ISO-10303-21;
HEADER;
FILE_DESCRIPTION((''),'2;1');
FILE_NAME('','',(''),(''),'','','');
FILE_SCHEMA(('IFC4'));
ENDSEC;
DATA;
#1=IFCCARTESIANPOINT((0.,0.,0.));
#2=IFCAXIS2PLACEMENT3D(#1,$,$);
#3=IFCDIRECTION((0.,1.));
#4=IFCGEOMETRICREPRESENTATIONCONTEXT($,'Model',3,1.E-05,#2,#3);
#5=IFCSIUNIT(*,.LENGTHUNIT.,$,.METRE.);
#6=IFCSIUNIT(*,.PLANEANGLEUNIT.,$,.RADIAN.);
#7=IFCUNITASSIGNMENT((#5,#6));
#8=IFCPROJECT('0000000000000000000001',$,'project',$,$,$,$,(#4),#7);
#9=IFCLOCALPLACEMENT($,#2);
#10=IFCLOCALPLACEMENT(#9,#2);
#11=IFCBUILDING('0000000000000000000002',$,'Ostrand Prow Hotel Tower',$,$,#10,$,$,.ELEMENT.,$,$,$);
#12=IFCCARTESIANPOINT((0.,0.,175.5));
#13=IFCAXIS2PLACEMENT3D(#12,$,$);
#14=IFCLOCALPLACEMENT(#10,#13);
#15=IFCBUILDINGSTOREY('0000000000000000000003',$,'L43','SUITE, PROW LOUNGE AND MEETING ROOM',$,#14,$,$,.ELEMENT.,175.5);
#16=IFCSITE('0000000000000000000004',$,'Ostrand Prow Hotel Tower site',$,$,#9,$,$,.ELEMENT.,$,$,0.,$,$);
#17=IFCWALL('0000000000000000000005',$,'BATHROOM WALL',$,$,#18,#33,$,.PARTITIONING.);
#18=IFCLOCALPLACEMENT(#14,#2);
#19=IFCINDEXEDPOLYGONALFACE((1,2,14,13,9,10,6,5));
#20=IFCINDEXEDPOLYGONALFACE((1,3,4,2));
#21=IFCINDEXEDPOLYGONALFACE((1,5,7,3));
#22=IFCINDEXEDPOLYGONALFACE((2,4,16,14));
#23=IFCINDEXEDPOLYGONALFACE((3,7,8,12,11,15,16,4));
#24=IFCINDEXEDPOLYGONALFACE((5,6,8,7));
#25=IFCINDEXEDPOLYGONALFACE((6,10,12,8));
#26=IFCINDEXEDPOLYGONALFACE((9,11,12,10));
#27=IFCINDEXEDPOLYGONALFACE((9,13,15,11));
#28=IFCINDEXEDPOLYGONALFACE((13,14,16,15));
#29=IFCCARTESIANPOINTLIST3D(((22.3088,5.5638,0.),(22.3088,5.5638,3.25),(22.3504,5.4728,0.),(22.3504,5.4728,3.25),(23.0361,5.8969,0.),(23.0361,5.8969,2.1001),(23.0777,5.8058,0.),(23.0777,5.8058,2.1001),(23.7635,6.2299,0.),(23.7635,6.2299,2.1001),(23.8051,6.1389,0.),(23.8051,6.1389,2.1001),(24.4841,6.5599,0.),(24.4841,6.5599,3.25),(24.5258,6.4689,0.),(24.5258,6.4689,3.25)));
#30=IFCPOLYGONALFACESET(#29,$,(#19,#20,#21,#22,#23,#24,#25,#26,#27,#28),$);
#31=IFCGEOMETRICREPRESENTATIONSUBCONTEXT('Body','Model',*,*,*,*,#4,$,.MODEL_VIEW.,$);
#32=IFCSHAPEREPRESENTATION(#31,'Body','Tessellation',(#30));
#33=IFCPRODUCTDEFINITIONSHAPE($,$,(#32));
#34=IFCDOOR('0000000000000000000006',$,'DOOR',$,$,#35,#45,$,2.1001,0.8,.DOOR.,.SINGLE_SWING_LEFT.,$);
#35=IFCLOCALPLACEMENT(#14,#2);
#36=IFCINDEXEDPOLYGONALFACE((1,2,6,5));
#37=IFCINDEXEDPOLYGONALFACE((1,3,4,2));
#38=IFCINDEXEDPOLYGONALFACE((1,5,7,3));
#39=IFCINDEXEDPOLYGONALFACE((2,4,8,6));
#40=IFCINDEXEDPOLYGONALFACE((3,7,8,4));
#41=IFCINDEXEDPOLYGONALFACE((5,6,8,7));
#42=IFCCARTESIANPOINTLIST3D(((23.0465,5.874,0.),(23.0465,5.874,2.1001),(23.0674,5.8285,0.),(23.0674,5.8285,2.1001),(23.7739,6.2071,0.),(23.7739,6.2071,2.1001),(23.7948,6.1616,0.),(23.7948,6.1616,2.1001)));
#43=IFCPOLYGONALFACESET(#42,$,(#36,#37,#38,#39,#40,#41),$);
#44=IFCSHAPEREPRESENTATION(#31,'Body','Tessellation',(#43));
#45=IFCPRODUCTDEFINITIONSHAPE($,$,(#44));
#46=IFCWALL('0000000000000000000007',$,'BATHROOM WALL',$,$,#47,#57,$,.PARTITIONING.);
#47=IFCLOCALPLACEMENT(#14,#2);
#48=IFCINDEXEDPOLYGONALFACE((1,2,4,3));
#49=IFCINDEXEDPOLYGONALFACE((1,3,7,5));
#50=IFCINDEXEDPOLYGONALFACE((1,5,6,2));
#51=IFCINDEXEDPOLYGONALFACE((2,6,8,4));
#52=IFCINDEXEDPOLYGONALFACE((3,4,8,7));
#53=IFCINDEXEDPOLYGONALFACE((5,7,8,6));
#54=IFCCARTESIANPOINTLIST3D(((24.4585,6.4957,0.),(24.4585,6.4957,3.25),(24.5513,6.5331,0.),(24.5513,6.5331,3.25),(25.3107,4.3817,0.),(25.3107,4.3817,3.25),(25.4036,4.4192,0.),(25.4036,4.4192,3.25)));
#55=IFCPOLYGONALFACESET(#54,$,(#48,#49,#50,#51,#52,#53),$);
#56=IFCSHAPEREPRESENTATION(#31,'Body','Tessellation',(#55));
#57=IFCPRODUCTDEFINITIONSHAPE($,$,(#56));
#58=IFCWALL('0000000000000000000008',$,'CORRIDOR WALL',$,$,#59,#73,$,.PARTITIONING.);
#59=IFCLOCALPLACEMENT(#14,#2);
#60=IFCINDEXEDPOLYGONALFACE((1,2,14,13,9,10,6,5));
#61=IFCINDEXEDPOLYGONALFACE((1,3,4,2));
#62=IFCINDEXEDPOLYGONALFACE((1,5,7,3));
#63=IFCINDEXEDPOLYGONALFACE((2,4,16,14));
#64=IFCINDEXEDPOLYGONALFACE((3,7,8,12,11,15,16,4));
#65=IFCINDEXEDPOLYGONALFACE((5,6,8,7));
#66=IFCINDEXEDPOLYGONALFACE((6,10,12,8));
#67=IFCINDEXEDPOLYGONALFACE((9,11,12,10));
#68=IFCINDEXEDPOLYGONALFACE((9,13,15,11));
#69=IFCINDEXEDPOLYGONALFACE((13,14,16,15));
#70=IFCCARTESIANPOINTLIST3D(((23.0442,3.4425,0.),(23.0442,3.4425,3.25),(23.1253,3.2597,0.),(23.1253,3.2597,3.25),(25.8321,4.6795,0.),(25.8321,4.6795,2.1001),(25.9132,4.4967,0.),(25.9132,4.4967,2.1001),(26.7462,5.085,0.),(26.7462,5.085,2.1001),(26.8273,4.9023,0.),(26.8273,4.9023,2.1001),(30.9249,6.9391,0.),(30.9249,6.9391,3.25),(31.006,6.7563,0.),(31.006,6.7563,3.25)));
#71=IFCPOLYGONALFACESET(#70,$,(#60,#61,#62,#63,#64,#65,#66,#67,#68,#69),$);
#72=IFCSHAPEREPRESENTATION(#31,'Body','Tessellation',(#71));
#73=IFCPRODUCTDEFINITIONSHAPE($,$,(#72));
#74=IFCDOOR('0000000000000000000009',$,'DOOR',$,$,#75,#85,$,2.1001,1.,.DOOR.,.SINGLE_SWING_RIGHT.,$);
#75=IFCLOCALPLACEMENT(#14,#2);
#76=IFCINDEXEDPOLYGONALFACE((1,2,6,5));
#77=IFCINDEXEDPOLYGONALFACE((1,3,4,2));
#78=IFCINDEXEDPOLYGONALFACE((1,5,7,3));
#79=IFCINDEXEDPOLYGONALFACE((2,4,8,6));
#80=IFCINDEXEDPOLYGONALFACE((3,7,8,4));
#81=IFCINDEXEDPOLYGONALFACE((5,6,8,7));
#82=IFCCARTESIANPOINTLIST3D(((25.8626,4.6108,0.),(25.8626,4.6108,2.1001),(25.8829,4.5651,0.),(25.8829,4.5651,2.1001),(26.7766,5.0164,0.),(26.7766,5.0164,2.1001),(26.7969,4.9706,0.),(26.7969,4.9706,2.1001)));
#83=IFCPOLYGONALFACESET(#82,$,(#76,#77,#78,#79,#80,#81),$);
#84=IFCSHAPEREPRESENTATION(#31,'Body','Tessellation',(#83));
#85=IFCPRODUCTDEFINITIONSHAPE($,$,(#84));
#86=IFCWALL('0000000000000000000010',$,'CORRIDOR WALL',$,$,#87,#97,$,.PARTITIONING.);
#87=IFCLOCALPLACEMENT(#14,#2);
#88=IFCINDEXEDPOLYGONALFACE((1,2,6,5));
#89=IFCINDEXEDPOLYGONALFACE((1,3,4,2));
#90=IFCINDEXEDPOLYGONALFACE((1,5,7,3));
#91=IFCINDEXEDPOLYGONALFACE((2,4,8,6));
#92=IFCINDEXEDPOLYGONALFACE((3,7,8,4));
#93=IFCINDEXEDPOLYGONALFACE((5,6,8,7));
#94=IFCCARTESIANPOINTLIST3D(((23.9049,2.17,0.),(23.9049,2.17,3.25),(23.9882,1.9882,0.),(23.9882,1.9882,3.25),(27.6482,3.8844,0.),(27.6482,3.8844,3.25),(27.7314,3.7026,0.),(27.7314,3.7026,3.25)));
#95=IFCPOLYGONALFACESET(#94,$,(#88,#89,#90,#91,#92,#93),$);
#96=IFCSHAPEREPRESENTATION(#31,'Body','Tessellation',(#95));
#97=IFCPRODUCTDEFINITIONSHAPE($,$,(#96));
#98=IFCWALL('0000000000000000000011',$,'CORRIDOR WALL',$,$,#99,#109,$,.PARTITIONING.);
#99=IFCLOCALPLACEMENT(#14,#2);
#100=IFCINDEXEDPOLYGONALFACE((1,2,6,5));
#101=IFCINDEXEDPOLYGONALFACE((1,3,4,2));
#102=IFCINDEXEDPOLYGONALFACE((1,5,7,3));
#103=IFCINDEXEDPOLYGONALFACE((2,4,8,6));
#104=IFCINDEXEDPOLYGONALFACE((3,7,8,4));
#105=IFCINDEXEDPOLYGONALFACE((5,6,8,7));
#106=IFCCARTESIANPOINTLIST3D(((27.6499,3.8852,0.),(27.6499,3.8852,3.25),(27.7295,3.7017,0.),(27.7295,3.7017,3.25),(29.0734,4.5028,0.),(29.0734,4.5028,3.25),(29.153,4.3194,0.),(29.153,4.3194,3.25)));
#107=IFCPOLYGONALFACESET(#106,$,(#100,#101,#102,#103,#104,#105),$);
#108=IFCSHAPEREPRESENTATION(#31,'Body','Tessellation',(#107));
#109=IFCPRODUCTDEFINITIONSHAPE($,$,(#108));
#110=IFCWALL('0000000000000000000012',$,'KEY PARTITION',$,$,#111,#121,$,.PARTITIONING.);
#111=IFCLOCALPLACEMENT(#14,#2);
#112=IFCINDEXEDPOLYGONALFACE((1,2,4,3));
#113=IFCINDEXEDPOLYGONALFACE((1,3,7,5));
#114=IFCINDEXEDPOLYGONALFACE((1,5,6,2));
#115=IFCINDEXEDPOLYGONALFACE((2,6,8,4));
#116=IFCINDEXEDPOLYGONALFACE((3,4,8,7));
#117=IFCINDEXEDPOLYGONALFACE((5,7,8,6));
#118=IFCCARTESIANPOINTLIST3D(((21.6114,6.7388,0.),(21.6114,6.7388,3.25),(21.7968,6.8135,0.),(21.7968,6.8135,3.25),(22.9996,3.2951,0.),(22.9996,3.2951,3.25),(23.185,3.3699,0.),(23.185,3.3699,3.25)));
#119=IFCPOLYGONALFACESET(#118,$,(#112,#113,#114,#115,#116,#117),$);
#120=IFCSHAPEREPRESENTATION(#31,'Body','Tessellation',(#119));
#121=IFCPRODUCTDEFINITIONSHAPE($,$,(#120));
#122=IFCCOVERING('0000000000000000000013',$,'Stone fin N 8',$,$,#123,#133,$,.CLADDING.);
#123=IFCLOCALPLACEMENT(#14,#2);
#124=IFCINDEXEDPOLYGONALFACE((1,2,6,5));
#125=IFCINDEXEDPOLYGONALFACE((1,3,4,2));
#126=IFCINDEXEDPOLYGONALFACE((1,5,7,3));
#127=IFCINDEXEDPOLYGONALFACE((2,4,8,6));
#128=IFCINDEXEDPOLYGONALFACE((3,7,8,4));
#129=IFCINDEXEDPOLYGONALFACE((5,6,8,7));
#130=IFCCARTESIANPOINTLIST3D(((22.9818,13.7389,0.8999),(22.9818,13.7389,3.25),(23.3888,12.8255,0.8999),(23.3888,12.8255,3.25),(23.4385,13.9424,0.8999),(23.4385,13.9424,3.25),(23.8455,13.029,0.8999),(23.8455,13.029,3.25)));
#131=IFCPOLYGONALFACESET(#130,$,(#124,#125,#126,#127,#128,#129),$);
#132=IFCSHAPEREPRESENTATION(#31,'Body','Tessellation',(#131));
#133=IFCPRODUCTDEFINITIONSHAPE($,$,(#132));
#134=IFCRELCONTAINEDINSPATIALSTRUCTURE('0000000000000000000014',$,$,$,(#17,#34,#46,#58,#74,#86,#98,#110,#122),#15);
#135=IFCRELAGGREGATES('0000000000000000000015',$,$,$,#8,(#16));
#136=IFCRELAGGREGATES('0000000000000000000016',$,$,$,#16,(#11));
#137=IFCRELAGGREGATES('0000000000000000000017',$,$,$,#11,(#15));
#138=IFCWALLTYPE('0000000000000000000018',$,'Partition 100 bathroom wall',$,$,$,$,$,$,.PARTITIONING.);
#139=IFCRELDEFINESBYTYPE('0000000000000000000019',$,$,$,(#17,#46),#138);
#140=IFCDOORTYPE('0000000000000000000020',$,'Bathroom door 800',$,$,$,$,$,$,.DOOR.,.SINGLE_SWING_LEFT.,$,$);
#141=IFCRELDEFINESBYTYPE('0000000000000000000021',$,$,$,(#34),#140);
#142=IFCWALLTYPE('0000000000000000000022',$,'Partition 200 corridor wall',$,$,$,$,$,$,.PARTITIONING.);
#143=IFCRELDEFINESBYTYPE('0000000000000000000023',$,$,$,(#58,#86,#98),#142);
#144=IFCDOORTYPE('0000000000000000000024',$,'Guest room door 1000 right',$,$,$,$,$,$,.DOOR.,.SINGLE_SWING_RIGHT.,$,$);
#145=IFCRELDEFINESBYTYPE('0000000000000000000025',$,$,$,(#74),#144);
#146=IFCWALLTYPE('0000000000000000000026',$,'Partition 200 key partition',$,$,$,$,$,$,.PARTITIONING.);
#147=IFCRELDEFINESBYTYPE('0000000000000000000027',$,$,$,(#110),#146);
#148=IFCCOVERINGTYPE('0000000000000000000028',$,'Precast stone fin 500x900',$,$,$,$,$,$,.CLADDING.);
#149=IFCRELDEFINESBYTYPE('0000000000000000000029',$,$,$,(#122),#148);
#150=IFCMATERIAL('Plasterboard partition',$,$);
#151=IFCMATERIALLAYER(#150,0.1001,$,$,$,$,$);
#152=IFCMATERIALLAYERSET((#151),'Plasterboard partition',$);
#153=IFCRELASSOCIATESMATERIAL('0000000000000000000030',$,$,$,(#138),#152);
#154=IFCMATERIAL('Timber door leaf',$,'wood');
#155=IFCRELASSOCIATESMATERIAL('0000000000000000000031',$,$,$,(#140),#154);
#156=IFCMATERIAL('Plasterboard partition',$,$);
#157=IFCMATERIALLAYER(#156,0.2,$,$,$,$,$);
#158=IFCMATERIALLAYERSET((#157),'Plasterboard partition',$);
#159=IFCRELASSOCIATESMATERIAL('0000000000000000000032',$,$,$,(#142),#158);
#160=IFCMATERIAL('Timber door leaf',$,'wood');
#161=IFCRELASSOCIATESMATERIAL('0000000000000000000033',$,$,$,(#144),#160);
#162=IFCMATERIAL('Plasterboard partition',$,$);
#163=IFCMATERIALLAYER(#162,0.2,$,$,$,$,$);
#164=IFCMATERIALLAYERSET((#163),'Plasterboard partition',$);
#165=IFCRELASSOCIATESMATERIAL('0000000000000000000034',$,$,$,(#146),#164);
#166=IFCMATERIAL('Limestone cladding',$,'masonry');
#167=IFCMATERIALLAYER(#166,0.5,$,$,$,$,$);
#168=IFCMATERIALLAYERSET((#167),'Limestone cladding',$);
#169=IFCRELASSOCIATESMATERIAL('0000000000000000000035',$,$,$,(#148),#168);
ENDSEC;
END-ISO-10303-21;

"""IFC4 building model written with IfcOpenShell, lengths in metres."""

from ifc_helpers import new_model, si_unit, direction, frame, frame_2d, origin, place, context, subcontext, project, spatial, rectangle, extrude, material, layer, layer_set, type_object, element, fill, save


model = new_model("IFC4")

# Units and contexts
model_context = context("Model", 3, precision=1e-05, world=origin(), true_north=direction((0.0, 1.0)))
body_context = subcontext(model_context, "Body", "Model", "MODEL_VIEW")
ifc_project = project(units=[si_unit("LENGTHUNIT", "METRE"), si_unit("PLANEANGLEUNIT", "RADIAN")], contexts=[model_context])

# Site, building, storey
site_placement = place(None, origin())
site = spatial("IfcSite", under=ifc_project, at=site_placement, Name="Ostrand Prow Hotel Tower site", CompositionType="ELEMENT", RefElevation=0.0)
building_placement = place(site_placement, origin())
building = spatial("IfcBuilding", under=site, at=building_placement, Name="Ostrand Prow Hotel Tower", CompositionType="ELEMENT")
storey_placement = place(building_placement, frame((0.0, 0.0, 175.5)))
storey = spatial("IfcBuildingStorey", under=building, at=storey_placement, Name="L43", Description="SUITE, PROW LOUNGE AND MEETING ROOM", CompositionType="ELEMENT", Elevation=175.5)

# Wall, opening, door
ifc_material_1 = material(Name="Plasterboard partition")
ifc_layer_1 = layer(ifc_material_1, 0.1001)
ifc_layer_set_1 = layer_set([ifc_layer_1], Name="Plasterboard partition")
wall_type_1 = type_object("IfcWallType", Name="Partition 100 bathroom wall", PredefinedType="PARTITIONING", material=ifc_layer_set_1)
wall_1_placement = place(storey_placement, frame((22.3296, 5.5183, 0.0), z_axis=(0.0, 0.0, 1.0), x_axis=(0.90921, 0.416338, 0.0)))
wall_1 = element("IfcWall", 1, at=wall_1_placement, inside=storey, type_object=wall_type_1, Name="BATHROOM WALL", PredefinedType="PARTITIONING", context=body_context, shape_type="SweptSolid", body=[
    extrude(rectangle(XDim=2.3926, YDim=0.1001, at=frame_2d((1.1963, 0.0))), origin(), (0.0, 0.0, 1.0), 3.25),
])
opening_1_placement = place(wall_1_placement, frame((0.8, 0.0, 0.0)))
opening_1 = element("IfcOpeningElement", 2, at=opening_1_placement, cuts=wall_1, PredefinedType="OPENING", context=body_context, shape_type="SweptSolid", body=[
    extrude(rectangle(XDim=0.8, YDim=2.1001, at=frame_2d((0.3999, 1.05))), frame((0.0, 0.0601, 0.0), z_axis=(0.0, -1.0, 0.0), x_axis=(1.0, 0.0, 0.0)), (0.0, 0.0, 1.0), 0.1201),
])
ifc_material_2 = material(Name="Timber door leaf", Category="wood")
door_type_1 = type_object("IfcDoorType", Name="Bathroom door 800", OperationType="SINGLE_SWING_LEFT", PredefinedType="DOOR", material=ifc_material_2)
door_1_placement = place(opening_1_placement, origin())
door_1 = element("IfcDoor", 3, at=door_1_placement, inside=storey, type_object=door_type_1, Name="DOOR", OperationType="SINGLE_SWING_LEFT", OverallHeight=2.1001, OverallWidth=0.8, PredefinedType="DOOR", context=body_context, shape_type="SweptSolid", body=[
    extrude(rectangle(XDim=0.8, YDim=2.1001, at=frame_2d((0.3999, 1.05))), frame((0.0, 0.0249, 0.0), z_axis=(0.0, -1.0, 0.0), x_axis=(1.0, 0.0, 0.0)), (0.0, 0.0, 1.0), 0.05),
])
fill(opening_1, door_1)

# Wall
wall_2_placement = place(storey_placement, frame((24.5049, 6.5144, 0.0), z_axis=(0.0, 0.0, 1.0), x_axis=(0.373919, -0.927461, 0.0)))
element("IfcWall", 4, at=wall_2_placement, inside=storey, type_object=wall_type_1, Name="BATHROOM WALL", PredefinedType="PARTITIONING", context=body_context, shape_type="SweptSolid", body=[
    extrude(rectangle(XDim=2.2793, YDim=0.1001, at=frame_2d((1.1396, 0.0))), origin(), (0.0, 0.0, 1.0), 3.25),
])

# Wall, opening, door
ifc_material_3 = material(Name="Plasterboard partition")
ifc_layer_2 = layer(ifc_material_3, 0.2)
ifc_layer_set_2 = layer_set([ifc_layer_2], Name="Plasterboard partition")
wall_type_2 = type_object("IfcWallType", Name="Partition 200 corridor wall", PredefinedType="PARTITIONING", material=ifc_layer_set_2)
wall_3_placement = place(storey_placement, frame((23.0847, 3.3511, 0.0), z_axis=(0.0, 0.0, 1.0), x_axis=(0.914066, 0.405566, 0.0)))
wall_3 = element("IfcWall", 5, at=wall_3_placement, inside=storey, type_object=wall_type_2, Name="CORRIDOR WALL", PredefinedType="PARTITIONING", context=body_context, shape_type="SweptSolid", body=[
    extrude(rectangle(XDim=8.6216, YDim=0.2, at=frame_2d((4.3108, 0.0))), origin(), (0.0, 0.0, 1.0), 3.25),
])
opening_2_placement = place(wall_3_placement, frame((3.05, 0.0, 0.0)))
opening_2 = element("IfcOpeningElement", 6, at=opening_2_placement, cuts=wall_3, PredefinedType="OPENING", context=body_context, shape_type="SweptSolid", body=[
    extrude(rectangle(XDim=1.0, YDim=2.1001, at=frame_2d((0.5, 1.05))), frame((0.0, 0.1099, 0.0), z_axis=(0.0, -1.0, 0.0), x_axis=(1.0, 0.0, 0.0)), (0.0, 0.0, 1.0), 0.22),
])
ifc_material_4 = material(Name="Timber door leaf", Category="wood")
door_type_2 = type_object("IfcDoorType", Name="Guest room door 1000 right", OperationType="SINGLE_SWING_RIGHT", PredefinedType="DOOR", material=ifc_material_4)
door_2_placement = place(opening_2_placement, origin())
door_2 = element("IfcDoor", 7, at=door_2_placement, inside=storey, type_object=door_type_2, Name="DOOR", OperationType="SINGLE_SWING_RIGHT", OverallHeight=2.1001, OverallWidth=1.0, PredefinedType="DOOR", context=body_context, shape_type="SweptSolid", body=[
    extrude(rectangle(XDim=1.0, YDim=2.1001, at=frame_2d((0.5, 1.05))), frame((0.0, 0.0249, 0.0), z_axis=(0.0, -1.0, 0.0), x_axis=(1.0, 0.0, 0.0)), (0.0, 0.0, 1.0), 0.05),
])
fill(opening_2, door_2)

# Walls
wall_4_placement = place(storey_placement, frame((23.9465, 2.0791, 0.0), z_axis=(0.0, 0.0, 1.0), x_axis=(0.909181, 0.416402, 0.0)))
element("IfcWall", 8, at=wall_4_placement, inside=storey, type_object=wall_type_2, Name="CORRIDOR WALL", PredefinedType="PARTITIONING", context=body_context, shape_type="SweptSolid", body=[
    extrude(rectangle(XDim=4.1172, YDim=0.2, at=frame_2d((2.0586, 0.0))), origin(), (0.0, 0.0, 1.0), 3.25),
])
wall_5_placement = place(storey_placement, frame((27.6897, 3.7935, 0.0), z_axis=(0.0, 0.0, 1.0), x_axis=(0.91737, 0.398036, 0.0)))
element("IfcWall", 9, at=wall_5_placement, inside=storey, type_object=wall_type_2, Name="CORRIDOR WALL", PredefinedType="PARTITIONING", context=body_context, shape_type="SweptSolid", body=[
    extrude(rectangle(XDim=1.5518, YDim=0.2, at=frame_2d((0.7759, 0.0))), origin(), (0.0, 0.0, 1.0), 3.25),
])
ifc_material_5 = material(Name="Plasterboard partition")
ifc_layer_3 = layer(ifc_material_5, 0.2)
ifc_layer_set_3 = layer_set([ifc_layer_3], Name="Plasterboard partition")
wall_type_3 = type_object("IfcWallType", Name="Partition 200 key partition", PredefinedType="PARTITIONING", material=ifc_layer_set_3)
wall_6_placement = place(storey_placement, frame((23.0923, 3.3325, 0.0), z_axis=(0.0, 0.0, 1.0), x_axis=(-0.373883, 0.927476, 0.0)))
element("IfcWall", 10, at=wall_6_placement, inside=storey, type_object=wall_type_3, Name="KEY PARTITION", PredefinedType="PARTITIONING", context=body_context, shape_type="SweptSolid", body=[
    extrude(rectangle(XDim=3.7129, YDim=0.2, at=frame_2d((1.8564, 0.0))), origin(), (0.0, 0.0, 1.0), 3.25),
])

# Covering
ifc_material_6 = material(Name="Limestone cladding", Category="masonry")
ifc_layer_4 = layer(ifc_material_6, 0.5)
ifc_layer_set_4 = layer_set([ifc_layer_4], Name="Limestone cladding")
covering_type = type_object("IfcCoveringType", Name="Precast stone fin 500x900", PredefinedType="CLADDING", material=ifc_layer_set_4)
covering_placement = place(storey_placement, frame((23.6172, 12.9272, 0.8999), z_axis=(0.0, 0.0, 1.0), x_axis=(-0.407022, 0.913418, 0.0)))
element("IfcCovering", 11, at=covering_placement, inside=storey, type_object=covering_type, Name="Stone fin N 8", PredefinedType="CLADDING", context=body_context, shape_type="SweptSolid", body=[
    extrude(rectangle(XDim=1.0, YDim=0.5, at=frame_2d((0.5, 0.0))), origin(), (0.0, 0.0, 1.0), 2.3501),
])

save(model, "model.ifc")
